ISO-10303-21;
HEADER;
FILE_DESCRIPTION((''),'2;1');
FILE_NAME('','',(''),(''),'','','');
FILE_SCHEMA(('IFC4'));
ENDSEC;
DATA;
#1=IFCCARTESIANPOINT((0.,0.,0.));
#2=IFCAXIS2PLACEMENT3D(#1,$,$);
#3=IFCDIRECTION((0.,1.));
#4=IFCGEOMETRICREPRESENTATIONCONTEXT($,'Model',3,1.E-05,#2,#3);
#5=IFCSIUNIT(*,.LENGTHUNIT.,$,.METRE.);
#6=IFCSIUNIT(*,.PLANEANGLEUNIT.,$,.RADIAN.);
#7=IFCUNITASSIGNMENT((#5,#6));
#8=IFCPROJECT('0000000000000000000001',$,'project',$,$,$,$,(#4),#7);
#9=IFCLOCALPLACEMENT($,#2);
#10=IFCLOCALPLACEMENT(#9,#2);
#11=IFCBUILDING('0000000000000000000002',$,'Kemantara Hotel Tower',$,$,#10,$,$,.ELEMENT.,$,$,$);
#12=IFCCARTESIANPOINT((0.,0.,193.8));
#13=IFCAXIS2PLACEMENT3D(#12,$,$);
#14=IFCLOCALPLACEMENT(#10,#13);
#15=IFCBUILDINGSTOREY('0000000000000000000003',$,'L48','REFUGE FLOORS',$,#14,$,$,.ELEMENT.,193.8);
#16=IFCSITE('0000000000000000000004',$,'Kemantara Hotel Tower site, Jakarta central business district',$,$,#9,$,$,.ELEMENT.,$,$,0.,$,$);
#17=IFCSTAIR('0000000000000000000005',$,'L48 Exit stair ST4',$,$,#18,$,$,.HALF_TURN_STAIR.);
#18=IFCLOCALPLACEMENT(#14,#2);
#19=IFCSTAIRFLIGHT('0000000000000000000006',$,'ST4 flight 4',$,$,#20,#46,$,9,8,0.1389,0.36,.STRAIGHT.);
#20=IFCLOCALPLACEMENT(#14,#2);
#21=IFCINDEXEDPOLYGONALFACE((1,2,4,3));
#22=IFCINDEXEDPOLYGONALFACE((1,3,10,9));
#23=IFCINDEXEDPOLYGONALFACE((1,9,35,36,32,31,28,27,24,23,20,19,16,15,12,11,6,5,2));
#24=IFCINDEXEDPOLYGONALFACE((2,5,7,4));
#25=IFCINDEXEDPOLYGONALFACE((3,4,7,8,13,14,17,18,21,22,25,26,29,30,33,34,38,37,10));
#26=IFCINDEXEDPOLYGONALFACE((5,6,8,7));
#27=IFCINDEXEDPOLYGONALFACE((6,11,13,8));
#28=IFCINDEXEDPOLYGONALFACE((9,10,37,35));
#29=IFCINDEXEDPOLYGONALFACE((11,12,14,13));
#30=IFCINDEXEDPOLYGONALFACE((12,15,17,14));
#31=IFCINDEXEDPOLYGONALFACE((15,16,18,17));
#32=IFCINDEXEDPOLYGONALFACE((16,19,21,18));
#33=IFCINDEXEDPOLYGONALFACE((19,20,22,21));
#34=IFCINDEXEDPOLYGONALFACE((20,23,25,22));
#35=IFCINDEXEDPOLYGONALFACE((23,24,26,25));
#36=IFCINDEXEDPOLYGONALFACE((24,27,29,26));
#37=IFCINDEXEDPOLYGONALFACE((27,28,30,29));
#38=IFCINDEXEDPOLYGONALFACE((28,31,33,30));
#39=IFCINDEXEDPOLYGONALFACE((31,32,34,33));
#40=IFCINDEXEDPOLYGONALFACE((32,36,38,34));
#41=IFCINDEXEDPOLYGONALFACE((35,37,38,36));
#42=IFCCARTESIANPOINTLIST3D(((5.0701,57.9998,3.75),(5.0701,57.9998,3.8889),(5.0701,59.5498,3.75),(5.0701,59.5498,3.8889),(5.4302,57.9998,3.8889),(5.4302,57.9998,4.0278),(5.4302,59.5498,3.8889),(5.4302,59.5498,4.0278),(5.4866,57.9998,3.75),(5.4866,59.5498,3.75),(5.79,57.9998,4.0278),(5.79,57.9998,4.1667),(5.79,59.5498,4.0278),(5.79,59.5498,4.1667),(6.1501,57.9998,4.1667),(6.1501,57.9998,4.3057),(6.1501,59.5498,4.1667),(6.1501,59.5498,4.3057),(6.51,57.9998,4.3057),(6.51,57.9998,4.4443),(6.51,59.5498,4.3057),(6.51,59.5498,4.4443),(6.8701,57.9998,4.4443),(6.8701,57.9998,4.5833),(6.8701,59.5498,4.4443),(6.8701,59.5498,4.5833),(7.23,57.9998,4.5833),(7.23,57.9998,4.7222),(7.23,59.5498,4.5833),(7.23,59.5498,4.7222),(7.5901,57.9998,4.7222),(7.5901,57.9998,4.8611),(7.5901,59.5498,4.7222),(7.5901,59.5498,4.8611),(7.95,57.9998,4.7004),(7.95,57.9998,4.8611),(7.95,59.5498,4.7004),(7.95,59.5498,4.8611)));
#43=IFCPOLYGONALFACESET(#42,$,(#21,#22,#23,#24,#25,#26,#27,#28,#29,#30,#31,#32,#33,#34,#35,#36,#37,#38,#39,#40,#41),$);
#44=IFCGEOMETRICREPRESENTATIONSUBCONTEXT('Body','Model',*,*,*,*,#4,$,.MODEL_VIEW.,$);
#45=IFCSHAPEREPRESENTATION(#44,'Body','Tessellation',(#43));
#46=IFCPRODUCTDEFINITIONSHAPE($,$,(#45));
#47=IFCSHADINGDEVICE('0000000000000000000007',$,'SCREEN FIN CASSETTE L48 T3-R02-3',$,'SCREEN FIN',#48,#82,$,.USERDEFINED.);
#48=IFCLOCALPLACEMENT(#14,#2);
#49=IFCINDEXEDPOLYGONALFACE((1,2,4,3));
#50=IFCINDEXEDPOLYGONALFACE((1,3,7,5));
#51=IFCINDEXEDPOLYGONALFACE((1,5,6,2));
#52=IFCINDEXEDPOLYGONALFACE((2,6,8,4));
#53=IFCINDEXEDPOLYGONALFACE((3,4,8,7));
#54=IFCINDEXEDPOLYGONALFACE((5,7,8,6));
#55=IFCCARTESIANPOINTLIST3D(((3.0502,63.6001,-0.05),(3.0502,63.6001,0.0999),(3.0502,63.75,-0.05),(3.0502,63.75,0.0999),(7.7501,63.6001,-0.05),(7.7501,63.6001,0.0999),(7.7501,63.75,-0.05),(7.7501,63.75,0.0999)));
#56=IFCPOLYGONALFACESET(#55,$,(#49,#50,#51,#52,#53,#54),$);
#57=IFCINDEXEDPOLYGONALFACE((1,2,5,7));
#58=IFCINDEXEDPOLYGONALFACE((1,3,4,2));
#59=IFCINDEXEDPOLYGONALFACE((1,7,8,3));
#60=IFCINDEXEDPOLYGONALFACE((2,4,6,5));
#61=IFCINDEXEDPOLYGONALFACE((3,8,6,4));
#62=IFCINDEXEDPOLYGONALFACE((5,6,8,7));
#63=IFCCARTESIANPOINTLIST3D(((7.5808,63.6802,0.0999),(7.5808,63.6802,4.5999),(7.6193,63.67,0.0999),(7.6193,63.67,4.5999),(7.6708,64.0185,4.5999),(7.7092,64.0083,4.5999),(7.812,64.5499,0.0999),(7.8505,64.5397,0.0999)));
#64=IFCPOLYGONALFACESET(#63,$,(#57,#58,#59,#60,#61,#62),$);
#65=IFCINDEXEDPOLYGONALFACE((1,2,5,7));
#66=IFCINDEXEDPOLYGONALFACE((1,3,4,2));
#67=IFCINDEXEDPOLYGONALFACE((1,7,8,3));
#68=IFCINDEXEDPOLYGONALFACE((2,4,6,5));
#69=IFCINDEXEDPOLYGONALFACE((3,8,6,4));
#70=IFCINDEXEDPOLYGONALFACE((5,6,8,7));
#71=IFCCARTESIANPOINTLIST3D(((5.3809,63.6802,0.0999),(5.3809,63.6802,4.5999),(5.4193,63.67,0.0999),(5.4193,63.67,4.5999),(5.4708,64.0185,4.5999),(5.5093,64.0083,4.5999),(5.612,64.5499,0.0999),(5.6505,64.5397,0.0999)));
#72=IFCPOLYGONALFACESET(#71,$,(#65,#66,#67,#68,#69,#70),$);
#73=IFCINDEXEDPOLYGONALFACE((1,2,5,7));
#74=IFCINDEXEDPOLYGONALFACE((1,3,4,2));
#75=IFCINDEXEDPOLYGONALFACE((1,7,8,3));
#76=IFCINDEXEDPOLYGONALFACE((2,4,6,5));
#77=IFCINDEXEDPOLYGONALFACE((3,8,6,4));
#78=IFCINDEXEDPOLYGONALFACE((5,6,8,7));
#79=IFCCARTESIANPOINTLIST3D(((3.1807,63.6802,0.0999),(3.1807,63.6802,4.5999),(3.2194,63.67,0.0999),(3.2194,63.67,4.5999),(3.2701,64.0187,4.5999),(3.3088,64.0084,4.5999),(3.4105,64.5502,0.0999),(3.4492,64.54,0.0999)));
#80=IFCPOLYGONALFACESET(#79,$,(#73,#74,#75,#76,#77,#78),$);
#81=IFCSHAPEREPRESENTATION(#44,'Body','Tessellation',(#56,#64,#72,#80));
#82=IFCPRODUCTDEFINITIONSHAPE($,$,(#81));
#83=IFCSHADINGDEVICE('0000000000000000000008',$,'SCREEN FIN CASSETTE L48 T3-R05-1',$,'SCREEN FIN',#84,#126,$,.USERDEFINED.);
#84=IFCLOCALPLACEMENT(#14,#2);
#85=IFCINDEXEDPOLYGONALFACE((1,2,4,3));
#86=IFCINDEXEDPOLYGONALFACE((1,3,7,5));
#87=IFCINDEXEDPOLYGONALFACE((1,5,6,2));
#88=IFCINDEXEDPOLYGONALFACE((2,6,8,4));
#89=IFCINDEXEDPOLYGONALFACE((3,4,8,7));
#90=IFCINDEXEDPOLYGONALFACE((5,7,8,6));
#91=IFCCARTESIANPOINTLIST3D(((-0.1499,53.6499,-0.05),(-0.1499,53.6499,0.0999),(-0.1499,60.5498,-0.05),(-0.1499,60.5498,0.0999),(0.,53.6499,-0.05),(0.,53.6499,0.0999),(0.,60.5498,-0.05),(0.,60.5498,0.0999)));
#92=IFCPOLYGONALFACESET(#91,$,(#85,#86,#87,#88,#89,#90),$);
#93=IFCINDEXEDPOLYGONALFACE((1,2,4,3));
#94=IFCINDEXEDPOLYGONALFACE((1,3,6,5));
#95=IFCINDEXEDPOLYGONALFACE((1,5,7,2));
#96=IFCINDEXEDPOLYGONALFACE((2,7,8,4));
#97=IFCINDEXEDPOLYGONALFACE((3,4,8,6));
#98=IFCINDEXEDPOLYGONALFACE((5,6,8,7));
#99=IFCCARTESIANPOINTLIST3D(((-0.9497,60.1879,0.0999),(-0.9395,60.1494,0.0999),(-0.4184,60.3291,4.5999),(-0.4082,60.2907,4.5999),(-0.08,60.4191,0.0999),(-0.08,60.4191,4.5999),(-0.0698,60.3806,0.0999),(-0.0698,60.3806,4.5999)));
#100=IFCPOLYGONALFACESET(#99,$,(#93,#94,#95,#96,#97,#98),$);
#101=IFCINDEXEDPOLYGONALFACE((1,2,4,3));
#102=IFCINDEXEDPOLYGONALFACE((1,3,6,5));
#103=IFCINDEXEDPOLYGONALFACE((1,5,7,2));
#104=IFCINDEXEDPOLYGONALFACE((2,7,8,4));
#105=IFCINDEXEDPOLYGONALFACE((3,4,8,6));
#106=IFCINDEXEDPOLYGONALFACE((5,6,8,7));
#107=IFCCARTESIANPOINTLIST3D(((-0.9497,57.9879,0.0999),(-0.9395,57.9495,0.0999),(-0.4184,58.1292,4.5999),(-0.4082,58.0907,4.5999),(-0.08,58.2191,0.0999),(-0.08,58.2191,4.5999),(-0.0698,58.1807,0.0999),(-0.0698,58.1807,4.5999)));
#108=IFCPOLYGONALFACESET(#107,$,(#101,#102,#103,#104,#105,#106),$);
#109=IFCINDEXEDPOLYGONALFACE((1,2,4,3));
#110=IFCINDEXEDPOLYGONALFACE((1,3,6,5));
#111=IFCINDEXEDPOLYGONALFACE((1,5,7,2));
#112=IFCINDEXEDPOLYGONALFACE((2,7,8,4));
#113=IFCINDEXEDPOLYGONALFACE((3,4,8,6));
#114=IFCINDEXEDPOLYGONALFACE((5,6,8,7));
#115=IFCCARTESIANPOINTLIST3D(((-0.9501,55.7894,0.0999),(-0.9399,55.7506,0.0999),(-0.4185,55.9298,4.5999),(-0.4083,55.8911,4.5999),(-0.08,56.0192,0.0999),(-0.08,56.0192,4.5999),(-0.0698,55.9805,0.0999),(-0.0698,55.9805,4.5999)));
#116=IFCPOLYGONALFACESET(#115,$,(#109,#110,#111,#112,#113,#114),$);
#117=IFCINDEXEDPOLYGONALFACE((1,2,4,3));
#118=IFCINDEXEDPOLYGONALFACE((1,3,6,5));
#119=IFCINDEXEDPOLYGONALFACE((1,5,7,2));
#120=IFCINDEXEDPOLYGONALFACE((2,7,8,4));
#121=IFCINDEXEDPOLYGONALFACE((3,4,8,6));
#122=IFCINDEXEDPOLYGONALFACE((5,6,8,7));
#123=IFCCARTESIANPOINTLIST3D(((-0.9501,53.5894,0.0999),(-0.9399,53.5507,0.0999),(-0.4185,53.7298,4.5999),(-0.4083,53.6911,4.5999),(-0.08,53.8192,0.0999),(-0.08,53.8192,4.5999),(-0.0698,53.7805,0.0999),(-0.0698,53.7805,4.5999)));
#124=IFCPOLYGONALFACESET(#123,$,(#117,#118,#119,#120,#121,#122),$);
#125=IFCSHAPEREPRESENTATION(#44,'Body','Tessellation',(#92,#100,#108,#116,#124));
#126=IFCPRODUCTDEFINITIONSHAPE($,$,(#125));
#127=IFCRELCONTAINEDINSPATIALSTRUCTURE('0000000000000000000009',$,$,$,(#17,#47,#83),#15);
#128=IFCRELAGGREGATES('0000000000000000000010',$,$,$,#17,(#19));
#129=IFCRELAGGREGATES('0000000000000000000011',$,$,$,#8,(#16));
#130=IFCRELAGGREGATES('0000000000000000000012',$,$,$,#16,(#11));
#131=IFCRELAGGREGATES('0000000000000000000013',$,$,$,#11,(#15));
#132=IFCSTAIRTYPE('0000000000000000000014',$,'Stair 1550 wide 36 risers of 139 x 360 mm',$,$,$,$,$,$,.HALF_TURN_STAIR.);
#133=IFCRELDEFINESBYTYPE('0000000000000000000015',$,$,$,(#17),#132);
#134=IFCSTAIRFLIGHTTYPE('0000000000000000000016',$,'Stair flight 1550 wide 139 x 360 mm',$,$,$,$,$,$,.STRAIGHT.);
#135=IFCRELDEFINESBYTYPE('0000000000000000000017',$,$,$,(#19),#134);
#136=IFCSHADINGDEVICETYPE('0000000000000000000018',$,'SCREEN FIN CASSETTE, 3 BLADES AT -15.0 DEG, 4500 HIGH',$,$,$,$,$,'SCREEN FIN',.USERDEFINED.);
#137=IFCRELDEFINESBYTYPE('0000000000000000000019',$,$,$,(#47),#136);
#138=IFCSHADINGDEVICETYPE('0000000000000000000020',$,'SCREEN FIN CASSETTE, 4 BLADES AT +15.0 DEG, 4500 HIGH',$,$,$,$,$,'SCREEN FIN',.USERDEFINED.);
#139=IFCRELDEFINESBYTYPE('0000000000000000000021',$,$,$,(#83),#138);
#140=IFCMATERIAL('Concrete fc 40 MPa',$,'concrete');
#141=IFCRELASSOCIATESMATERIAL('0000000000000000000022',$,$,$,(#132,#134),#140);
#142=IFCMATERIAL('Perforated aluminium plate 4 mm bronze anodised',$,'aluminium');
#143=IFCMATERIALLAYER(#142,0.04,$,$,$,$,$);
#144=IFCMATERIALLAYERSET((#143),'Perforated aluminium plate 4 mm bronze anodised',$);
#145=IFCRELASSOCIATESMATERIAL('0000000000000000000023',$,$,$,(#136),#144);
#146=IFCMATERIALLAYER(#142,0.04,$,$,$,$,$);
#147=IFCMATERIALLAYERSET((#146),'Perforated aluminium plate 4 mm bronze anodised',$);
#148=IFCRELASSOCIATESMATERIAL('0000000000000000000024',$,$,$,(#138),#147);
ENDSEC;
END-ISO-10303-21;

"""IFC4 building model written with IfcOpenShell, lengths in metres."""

from ifc_helpers import new_model, si_unit, direction, frame, origin, origin_2d, place, context, subcontext, project, spatial, polyline, rectangle, outline, extrude, source, transform, mapped, material, layer, layer_set, type_object, element, aggregate, save


model = new_model("IFC4")

# Units and contexts
model_context = context("Model", 3, precision=1e-05, world=origin(), true_north=direction((0.0, 1.0)))
body_context = subcontext(model_context, "Body", "Model", "MODEL_VIEW")
ifc_project = project(units=[si_unit("LENGTHUNIT", "METRE"), si_unit("PLANEANGLEUNIT", "RADIAN")], contexts=[model_context])

# Site, building, storey
site_placement = place(None, origin())
site = spatial("IfcSite", under=ifc_project, at=site_placement, Name="Kemantara Hotel Tower site, Jakarta central business district", CompositionType="ELEMENT", RefElevation=0.0)
building_placement = place(site_placement, origin())
building = spatial("IfcBuilding", under=site, at=building_placement, Name="Kemantara Hotel Tower", CompositionType="ELEMENT")
storey_placement = place(building_placement, frame((0.0, 0.0, 193.8)))
storey = spatial("IfcBuildingStorey", under=building, at=storey_placement, Name="L48", Description="REFUGE FLOORS", CompositionType="ELEMENT", Elevation=193.8)

# Shared definitions
ifc_material_1 = material(Name="Concrete fc 40 MPa", Category="concrete")

# Stair, stair flight
stair_type = type_object("IfcStairType", Name="Stair 1550 wide 36 risers of 139 x 360 mm", PredefinedType="HALF_TURN_STAIR", material=ifc_material_1)
stair_placement = place(storey_placement, origin())
stair = element("IfcStair", 1, at=stair_placement, inside=storey, type_object=stair_type, Name="L48 Exit stair ST4", PredefinedType="HALF_TURN_STAIR")
stair_flight_type = type_object("IfcStairFlightType", Name="Stair flight 1550 wide 139 x 360 mm", PredefinedType="STRAIGHT", material=ifc_material_1)
stair_flight_1_placement = place(storey_placement, frame((5.0701, 58.7749, 3.75), z_axis=(0.0, 0.0, 1.0), x_axis=(1.0, 0.0, 0.0)))
stair_flight_1 = element("IfcStairFlight", 2, at=stair_flight_1_placement, type_object=stair_flight_type, Name="ST4 flight 4", NumberOfRisers=9, NumberOfTreads=8, PredefinedType="STRAIGHT", RiserHeight=0.1389, TreadLength=0.36, context=body_context, shape_type="SweptSolid", body=[
    extrude(outline(polyline([(0.0, 0.0), (0.0, 0.1389), (0.3601, 0.1389), (0.3601, 0.2778), (0.72, 0.2778), (0.72, 0.4167), (1.0801, 0.4167), (1.0801, 0.5557), (1.4399, 0.5557), (1.4399, 0.6943), (1.8, 0.6943), (1.8, 0.8333), (2.1599, 0.8333), (2.1599, 0.9722), (2.52, 0.9722), (2.52, 1.1111), (2.8799, 1.1111), (2.8799, 1.25), (2.8799, 0.9504), (0.4165, 0.0), (0.0, 0.0)])), frame((0.0, 0.7749, 0.0), z_axis=(0.0, -1.0, 0.0), x_axis=(1.0, 0.0, 0.0)), (0.0, 0.0, 1.0), 1.55),
])
aggregate(stair, [stair_flight_1])

# Shading devices
ifc_material_2 = material(Name="Perforated aluminium plate 4 mm bronze anodised", Category="aluminium")
ifc_layer_1 = layer(ifc_material_2, 0.04)
ifc_layer_set_1 = layer_set([ifc_layer_1], Name="Perforated aluminium plate 4 mm bronze anodised")
shading_device_type_1 = type_object("IfcShadingDeviceType", Name="SCREEN FIN CASSETTE, 3 BLADES AT -15.0 DEG, 4500 HIGH", ElementType="SCREEN FIN", PredefinedType="USERDEFINED", material=ifc_layer_set_1)
shared_shape_1 = source(origin(), body_context, "Body", "SweptSolid", [
    extrude(rectangle(XDim=4.7, YDim=0.1499, at=origin_2d()), frame((2.2, -0.075, -0.1499), z_axis=(0.0, 0.0, 1.0), x_axis=(1.0, 0.0, 0.0)), (0.0, 0.0, 1.0), 0.1499),
    extrude(outline(polyline([(0.0, 0.0), (0.8999, 0.0), (0.3501, 4.5), (0.0, 4.5), (0.0, 0.0)])), frame((0.0193, -0.0801, 0.0), z_axis=(-0.966438, 0.256901, 0.0), x_axis=(-0.256901, -0.966438, 0.0)), (0.0, 0.0, 1.0), 0.0398),
    extrude(outline(polyline([(0.0, 0.0), (0.8999, 0.0), (0.3501, 4.5), (0.0, 4.5), (0.0, 0.0)])), frame((2.2192, -0.0801, 0.0), z_axis=(-0.966438, 0.256901, 0.0), x_axis=(-0.256901, -0.966438, 0.0)), (0.0, 0.0, 1.0), 0.0398),
    extrude(outline(polyline([(0.0, 0.0), (0.8999, 0.0), (0.3501, 4.5), (0.0, 4.5), (0.0, 0.0)])), frame((4.4194, -0.0801, 0.0), z_axis=(-0.966838, 0.255391, 0.0), x_axis=(-0.255391, -0.966838, 0.0)), (0.0, 0.0, 1.0), 0.04),
])
shading_device_1_placement = place(storey_placement, frame((7.6001, 63.6001, 0.0999), z_axis=(0.0, 0.0, 1.0), x_axis=(-1.0, 0.0, 0.0)))
element("IfcShadingDevice", 3, at=shading_device_1_placement, inside=storey, type_object=shading_device_type_1, Name="SCREEN FIN CASSETTE L48 T3-R02-3", ObjectType="SCREEN FIN", PredefinedType="USERDEFINED", context=body_context, shape_type="MappedRepresentation", body=[
    mapped(shared_shape_1, transform((0.0, 0.0, 0.0))),
])
ifc_layer_2 = layer(ifc_material_2, 0.04)
ifc_layer_set_2 = layer_set([ifc_layer_2], Name="Perforated aluminium plate 4 mm bronze anodised")
shading_device_type_2 = type_object("IfcShadingDeviceType", Name="SCREEN FIN CASSETTE, 4 BLADES AT +15.0 DEG, 4500 HIGH", ElementType="SCREEN FIN", PredefinedType="USERDEFINED", material=ifc_layer_set_2)
shared_shape_2 = source(origin(), body_context, "Body", "SweptSolid", [
    extrude(rectangle(XDim=6.8999, YDim=0.1499, at=origin_2d()), frame((3.3, -0.075, -0.1499), z_axis=(0.0, 0.0, 1.0), x_axis=(1.0, 0.0, 0.0)), (0.0, 0.0, 1.0), 0.1499),
    extrude(outline(polyline([(0.0, 0.0), (0.8999, 0.0), (0.3501, 4.5), (0.0, 4.5), (0.0, 0.0)])), frame((0.0193, -0.0698, 0.0), z_axis=(-0.966438, -0.256901, 0.0), x_axis=(0.256901, -0.966438, 0.0)), (0.0, 0.0, 1.0), 0.0398),
    extrude(outline(polyline([(0.0, 0.0), (0.8999, 0.0), (0.3501, 4.5), (0.0, 4.5), (0.0, 0.0)])), frame((2.2192, -0.0698, 0.0), z_axis=(-0.966438, -0.256901, 0.0), x_axis=(0.256901, -0.966438, 0.0)), (0.0, 0.0, 1.0), 0.0398),
    extrude(outline(polyline([(0.0, 0.0), (0.8999, 0.0), (0.3501, 4.5), (0.0, 4.5), (0.0, 0.0)])), frame((4.4194, -0.0698, 0.0), z_axis=(-0.966838, -0.255391, 0.0), x_axis=(0.255391, -0.966838, 0.0)), (0.0, 0.0, 1.0), 0.04),
    extrude(outline(polyline([(0.0, 0.0), (0.8999, 0.0), (0.3501, 4.5), (0.0, 4.5), (0.0, 0.0)])), frame((6.6194, -0.0698, 0.0), z_axis=(-0.966838, -0.255391, 0.0), x_axis=(0.255391, -0.966838, 0.0)), (0.0, 0.0, 1.0), 0.04),
])
shading_device_2_placement = place(storey_placement, frame((0.0, 60.3999, 0.0999), z_axis=(0.0, 0.0, 1.0), x_axis=(0.0, -1.0, 0.0)))
element("IfcShadingDevice", 4, at=shading_device_2_placement, inside=storey, type_object=shading_device_type_2, Name="SCREEN FIN CASSETTE L48 T3-R05-1", ObjectType="SCREEN FIN", PredefinedType="USERDEFINED", context=body_context, shape_type="MappedRepresentation", body=[
    mapped(shared_shape_2, transform((0.0, 0.0, 0.0))),
])

save(model, "model.ifc")
